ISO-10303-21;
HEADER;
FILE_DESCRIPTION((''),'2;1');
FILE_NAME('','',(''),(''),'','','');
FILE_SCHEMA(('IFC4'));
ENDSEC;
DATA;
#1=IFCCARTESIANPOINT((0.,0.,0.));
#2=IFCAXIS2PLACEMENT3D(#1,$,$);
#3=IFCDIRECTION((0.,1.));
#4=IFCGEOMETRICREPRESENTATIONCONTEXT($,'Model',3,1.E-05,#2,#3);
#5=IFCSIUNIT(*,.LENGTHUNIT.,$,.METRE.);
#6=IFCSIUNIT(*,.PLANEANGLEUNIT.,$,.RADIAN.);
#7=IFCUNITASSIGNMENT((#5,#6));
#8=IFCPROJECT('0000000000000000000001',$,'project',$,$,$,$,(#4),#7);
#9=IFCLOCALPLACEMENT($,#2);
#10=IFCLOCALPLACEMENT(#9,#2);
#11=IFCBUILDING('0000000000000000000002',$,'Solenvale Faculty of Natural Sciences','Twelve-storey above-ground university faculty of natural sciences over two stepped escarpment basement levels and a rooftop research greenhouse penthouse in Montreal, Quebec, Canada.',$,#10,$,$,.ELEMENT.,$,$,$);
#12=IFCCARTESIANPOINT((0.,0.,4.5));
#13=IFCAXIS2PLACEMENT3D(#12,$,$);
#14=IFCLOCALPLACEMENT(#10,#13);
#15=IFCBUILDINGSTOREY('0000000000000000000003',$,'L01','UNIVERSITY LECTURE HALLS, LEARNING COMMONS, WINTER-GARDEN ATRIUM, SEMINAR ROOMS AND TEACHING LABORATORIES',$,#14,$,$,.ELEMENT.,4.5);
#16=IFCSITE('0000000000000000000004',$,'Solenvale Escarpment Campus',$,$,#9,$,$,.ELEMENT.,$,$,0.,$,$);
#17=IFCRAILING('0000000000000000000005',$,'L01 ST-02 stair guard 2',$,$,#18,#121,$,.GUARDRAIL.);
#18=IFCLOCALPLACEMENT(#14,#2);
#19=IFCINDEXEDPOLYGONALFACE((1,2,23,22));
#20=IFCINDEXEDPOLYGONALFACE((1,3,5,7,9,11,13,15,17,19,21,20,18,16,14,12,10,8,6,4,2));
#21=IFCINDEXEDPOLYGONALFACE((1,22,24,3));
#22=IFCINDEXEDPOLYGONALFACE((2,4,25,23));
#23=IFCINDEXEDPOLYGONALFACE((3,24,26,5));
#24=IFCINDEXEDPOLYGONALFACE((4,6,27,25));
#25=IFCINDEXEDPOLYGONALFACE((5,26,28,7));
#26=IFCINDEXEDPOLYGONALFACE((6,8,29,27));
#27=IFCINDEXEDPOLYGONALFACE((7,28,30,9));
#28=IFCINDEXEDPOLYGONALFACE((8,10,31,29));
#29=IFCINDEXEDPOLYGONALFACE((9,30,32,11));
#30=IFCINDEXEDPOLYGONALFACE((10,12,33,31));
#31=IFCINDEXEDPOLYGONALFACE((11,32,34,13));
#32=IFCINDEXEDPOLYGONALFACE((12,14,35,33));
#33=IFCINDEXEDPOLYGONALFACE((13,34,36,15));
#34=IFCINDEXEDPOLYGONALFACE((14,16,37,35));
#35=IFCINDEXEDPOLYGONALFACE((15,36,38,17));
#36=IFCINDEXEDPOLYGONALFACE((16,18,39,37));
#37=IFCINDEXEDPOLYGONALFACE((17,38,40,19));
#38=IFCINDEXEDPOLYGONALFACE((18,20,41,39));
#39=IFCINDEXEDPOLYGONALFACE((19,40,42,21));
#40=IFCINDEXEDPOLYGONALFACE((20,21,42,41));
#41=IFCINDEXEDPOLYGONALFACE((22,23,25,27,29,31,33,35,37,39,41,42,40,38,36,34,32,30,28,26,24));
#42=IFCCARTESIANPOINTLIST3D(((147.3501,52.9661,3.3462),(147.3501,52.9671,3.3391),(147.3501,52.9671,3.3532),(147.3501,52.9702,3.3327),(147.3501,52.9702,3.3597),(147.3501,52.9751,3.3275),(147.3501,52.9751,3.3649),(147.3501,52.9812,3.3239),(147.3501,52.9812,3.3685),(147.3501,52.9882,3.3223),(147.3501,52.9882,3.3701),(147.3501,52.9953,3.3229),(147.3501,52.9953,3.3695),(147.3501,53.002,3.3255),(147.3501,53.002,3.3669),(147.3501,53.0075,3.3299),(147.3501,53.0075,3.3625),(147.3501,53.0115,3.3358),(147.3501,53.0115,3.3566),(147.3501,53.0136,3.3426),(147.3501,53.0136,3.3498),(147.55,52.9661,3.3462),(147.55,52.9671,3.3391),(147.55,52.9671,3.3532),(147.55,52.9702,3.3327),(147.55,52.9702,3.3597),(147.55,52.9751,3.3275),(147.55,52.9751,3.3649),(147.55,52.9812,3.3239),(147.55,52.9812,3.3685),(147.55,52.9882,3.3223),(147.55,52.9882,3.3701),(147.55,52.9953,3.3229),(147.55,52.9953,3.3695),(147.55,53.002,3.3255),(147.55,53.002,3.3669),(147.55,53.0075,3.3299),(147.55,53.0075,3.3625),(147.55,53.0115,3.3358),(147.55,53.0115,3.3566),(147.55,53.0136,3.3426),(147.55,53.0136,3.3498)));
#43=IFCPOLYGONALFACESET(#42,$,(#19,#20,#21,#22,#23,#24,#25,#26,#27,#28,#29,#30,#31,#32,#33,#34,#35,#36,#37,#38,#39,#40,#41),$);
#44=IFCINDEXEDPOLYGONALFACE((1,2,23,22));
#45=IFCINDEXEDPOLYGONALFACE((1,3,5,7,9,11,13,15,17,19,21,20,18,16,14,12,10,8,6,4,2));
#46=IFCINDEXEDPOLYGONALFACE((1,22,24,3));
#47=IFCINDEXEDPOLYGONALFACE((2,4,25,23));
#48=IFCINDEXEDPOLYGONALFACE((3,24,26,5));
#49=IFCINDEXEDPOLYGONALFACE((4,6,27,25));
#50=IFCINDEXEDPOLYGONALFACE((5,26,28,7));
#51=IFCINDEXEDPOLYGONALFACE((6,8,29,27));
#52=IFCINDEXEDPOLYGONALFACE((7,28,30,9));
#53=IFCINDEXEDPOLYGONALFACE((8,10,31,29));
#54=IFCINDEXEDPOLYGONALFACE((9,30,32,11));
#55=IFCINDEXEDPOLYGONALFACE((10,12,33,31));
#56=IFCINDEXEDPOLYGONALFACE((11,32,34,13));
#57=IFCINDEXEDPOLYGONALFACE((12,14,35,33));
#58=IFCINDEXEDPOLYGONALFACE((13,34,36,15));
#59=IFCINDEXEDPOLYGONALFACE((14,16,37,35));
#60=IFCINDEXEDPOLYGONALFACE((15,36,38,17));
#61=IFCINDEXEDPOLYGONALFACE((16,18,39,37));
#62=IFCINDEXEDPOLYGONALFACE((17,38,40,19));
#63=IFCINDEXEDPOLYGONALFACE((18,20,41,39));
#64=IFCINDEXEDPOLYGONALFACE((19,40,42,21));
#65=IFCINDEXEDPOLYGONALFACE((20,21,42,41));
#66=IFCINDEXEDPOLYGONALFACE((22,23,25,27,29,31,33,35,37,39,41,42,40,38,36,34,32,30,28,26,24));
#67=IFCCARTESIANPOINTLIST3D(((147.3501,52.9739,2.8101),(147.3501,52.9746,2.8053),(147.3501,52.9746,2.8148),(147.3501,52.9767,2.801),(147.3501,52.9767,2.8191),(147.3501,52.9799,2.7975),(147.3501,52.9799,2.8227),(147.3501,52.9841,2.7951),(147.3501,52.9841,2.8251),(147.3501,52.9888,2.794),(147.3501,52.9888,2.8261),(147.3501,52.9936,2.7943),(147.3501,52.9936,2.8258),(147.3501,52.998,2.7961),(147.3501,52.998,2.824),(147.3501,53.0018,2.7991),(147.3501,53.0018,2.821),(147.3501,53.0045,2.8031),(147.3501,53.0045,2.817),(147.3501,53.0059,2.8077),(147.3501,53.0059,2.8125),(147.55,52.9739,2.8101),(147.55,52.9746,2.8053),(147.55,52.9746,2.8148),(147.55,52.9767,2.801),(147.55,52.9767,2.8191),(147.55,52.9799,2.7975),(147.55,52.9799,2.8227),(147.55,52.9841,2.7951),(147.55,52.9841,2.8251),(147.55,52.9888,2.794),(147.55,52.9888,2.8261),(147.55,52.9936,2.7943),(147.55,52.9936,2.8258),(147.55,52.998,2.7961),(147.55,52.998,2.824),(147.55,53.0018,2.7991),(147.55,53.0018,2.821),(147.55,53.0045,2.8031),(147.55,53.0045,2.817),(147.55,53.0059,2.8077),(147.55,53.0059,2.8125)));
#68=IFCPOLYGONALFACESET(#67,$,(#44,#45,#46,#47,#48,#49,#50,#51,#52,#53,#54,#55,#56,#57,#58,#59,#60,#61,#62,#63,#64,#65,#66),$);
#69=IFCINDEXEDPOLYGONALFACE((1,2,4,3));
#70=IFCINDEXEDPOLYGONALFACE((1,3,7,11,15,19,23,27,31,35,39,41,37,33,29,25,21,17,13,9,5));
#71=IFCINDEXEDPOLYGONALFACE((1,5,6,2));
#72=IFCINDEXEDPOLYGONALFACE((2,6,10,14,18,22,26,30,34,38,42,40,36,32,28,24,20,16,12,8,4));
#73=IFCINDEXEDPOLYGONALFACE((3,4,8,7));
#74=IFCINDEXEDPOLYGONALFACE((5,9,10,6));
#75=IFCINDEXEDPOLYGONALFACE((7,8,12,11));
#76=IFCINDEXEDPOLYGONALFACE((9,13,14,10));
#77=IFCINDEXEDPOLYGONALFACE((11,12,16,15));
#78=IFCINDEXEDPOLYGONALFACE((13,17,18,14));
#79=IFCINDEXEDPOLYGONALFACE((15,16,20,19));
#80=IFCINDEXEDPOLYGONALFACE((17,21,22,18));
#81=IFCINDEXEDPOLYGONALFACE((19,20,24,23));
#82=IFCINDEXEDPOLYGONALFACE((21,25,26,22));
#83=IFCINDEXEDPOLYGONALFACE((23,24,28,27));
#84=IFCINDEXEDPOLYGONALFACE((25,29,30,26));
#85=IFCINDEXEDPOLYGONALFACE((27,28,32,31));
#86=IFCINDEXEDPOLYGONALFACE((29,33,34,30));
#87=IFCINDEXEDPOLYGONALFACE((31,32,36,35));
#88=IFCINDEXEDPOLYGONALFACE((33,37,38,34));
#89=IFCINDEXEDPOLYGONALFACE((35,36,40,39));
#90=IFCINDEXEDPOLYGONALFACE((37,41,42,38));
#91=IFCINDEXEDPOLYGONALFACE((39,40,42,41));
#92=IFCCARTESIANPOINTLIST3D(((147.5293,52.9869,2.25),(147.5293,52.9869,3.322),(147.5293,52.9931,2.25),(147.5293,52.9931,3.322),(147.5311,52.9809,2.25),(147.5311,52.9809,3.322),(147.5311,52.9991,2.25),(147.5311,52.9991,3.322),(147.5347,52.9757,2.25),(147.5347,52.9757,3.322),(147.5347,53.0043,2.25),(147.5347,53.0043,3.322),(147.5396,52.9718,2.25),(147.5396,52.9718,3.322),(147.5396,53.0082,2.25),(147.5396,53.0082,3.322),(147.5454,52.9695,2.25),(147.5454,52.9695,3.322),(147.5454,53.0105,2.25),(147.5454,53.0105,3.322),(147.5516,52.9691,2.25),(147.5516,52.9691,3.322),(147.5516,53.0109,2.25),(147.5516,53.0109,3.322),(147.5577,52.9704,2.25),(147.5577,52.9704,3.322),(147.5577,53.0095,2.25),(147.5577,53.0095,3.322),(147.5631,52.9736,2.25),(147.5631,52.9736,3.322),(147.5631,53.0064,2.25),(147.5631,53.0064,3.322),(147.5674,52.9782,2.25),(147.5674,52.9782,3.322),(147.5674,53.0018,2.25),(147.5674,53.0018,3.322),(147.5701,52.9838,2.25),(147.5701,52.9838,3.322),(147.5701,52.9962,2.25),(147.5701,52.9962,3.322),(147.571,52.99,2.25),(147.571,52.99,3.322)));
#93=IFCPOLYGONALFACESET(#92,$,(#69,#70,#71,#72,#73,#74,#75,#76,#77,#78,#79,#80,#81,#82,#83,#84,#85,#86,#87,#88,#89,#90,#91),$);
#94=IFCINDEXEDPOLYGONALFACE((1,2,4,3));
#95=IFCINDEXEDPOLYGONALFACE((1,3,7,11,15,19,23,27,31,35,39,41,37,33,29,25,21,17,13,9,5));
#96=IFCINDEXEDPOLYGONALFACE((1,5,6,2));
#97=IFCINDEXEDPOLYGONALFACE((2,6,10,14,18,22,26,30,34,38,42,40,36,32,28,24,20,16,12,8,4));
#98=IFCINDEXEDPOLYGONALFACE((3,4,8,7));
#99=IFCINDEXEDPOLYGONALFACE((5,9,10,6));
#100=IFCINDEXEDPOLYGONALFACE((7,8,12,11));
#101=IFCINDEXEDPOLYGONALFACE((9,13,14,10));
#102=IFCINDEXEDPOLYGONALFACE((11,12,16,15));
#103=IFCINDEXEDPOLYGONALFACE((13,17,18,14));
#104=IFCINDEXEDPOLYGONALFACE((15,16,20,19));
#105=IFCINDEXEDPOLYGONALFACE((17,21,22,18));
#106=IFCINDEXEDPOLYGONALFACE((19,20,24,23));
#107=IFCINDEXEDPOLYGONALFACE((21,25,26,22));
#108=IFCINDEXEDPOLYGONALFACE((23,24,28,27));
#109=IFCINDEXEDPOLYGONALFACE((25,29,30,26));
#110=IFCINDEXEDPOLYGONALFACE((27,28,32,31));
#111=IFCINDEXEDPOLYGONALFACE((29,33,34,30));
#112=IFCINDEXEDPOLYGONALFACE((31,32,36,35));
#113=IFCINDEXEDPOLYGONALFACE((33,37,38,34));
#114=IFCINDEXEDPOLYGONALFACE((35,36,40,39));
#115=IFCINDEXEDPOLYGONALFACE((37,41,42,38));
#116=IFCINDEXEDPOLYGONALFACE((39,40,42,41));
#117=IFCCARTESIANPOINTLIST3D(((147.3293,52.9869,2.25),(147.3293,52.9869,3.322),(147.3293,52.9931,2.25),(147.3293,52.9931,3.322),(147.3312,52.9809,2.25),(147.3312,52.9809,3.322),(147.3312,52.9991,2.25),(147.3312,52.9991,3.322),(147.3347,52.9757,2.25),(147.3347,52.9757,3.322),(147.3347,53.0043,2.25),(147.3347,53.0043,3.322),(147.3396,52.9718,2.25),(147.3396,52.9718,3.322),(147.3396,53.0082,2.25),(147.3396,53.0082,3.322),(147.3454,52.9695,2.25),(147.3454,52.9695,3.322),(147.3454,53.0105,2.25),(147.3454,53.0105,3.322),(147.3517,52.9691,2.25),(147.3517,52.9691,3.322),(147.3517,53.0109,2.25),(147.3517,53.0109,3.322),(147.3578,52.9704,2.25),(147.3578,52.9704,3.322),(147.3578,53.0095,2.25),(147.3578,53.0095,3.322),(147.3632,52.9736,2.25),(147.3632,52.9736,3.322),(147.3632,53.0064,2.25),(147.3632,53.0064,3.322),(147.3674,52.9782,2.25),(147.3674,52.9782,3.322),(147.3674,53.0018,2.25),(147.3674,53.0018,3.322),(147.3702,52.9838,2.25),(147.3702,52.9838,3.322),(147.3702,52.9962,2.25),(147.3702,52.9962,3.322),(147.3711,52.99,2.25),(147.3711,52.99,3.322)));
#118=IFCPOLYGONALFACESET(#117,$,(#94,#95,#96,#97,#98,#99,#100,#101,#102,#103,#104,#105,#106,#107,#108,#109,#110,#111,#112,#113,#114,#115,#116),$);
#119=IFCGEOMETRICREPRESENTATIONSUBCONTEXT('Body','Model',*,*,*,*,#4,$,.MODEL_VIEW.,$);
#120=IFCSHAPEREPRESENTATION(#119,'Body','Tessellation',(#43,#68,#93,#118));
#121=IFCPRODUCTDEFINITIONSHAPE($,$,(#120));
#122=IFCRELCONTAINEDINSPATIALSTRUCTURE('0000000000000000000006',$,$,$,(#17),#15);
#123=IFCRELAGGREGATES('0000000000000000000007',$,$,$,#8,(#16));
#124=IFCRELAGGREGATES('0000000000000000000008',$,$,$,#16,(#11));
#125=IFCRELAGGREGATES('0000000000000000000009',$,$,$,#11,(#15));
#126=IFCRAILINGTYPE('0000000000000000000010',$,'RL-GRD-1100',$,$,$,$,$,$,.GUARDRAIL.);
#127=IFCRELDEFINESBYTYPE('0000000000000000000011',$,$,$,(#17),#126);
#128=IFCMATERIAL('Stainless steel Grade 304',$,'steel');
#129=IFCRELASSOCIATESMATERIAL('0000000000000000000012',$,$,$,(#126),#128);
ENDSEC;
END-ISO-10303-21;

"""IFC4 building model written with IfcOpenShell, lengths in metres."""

from ifc_helpers import new_model, si_unit, direction, frame, origin, origin_2d, place, context, subcontext, project, spatial, circle, extrude, material, type_object, element, save


model = new_model("IFC4")

# Units and contexts
model_context = context("Model", 3, precision=1e-05, world=origin(), true_north=direction((0.0, 1.0)))
body_context = subcontext(model_context, "Body", "Model", "MODEL_VIEW")
ifc_project = project(units=[si_unit("LENGTHUNIT", "METRE"), si_unit("PLANEANGLEUNIT", "RADIAN")], contexts=[model_context])

# Site, building, storey
site_placement = place(None, origin())
site = spatial("IfcSite", under=ifc_project, at=site_placement, Name="Solenvale Escarpment Campus", CompositionType="ELEMENT", RefElevation=0.0)
building_placement = place(site_placement, origin())
building = spatial("IfcBuilding", under=site, at=building_placement, Name="Solenvale Faculty of Natural Sciences", Description="Twelve-storey above-ground university faculty of natural sciences over two stepped escarpment basement levels and a rooftop research greenhouse penthouse in Montreal, Quebec, Canada.", CompositionType="ELEMENT")
storey_placement = place(building_placement, frame((0.0, 0.0, 4.5)))
storey = spatial("IfcBuildingStorey", under=building, at=storey_placement, Name="L01", Description="UNIVERSITY LECTURE HALLS, LEARNING COMMONS, WINTER-GARDEN ATRIUM, SEMINAR ROOMS AND TEACHING LABORATORIES", CompositionType="ELEMENT", Elevation=4.5)

# Railing
ifc_material_1 = material(Name="Stainless steel Grade 304", Category="steel")
railing_type_1 = type_object("IfcRailingType", Name="RL-GRD-1100", PredefinedType="GUARDRAIL", material=ifc_material_1)
railing_1_placement = place(storey_placement, frame((147.55, 52.99, 2.25)))
element("IfcRailing", 1, at=railing_1_placement, inside=storey, type_object=railing_type_1, Name="L01 ST-02 stair guard 2", PredefinedType="GUARDRAIL", context=body_context, shape_type="SweptSolid", body=[
    extrude(circle(Radius=0.0239, at=origin_2d()), frame((0.0, 0.0, 1.0962), z_axis=(-1.0, 0.0, 0.0), x_axis=(0.0, -1.0, 0.0)), (0.0, 0.0, 1.0), 0.2),
    extrude(circle(Radius=0.0161, at=origin_2d()), frame((0.0, 0.0, 0.5601), z_axis=(-1.0, 0.0, 0.0), x_axis=(0.0, -1.0, 0.0)), (0.0, 0.0, 1.0), 0.2),
    extrude(circle(Radius=0.021, at=origin_2d()), origin(), (0.0, 0.0, 1.0), 1.072),
    extrude(circle(Radius=0.021, at=origin_2d()), frame((-0.2, 0.0, 0.0)), (0.0, 0.0, 1.0), 1.072),
])

save(model, "model.ifc")
